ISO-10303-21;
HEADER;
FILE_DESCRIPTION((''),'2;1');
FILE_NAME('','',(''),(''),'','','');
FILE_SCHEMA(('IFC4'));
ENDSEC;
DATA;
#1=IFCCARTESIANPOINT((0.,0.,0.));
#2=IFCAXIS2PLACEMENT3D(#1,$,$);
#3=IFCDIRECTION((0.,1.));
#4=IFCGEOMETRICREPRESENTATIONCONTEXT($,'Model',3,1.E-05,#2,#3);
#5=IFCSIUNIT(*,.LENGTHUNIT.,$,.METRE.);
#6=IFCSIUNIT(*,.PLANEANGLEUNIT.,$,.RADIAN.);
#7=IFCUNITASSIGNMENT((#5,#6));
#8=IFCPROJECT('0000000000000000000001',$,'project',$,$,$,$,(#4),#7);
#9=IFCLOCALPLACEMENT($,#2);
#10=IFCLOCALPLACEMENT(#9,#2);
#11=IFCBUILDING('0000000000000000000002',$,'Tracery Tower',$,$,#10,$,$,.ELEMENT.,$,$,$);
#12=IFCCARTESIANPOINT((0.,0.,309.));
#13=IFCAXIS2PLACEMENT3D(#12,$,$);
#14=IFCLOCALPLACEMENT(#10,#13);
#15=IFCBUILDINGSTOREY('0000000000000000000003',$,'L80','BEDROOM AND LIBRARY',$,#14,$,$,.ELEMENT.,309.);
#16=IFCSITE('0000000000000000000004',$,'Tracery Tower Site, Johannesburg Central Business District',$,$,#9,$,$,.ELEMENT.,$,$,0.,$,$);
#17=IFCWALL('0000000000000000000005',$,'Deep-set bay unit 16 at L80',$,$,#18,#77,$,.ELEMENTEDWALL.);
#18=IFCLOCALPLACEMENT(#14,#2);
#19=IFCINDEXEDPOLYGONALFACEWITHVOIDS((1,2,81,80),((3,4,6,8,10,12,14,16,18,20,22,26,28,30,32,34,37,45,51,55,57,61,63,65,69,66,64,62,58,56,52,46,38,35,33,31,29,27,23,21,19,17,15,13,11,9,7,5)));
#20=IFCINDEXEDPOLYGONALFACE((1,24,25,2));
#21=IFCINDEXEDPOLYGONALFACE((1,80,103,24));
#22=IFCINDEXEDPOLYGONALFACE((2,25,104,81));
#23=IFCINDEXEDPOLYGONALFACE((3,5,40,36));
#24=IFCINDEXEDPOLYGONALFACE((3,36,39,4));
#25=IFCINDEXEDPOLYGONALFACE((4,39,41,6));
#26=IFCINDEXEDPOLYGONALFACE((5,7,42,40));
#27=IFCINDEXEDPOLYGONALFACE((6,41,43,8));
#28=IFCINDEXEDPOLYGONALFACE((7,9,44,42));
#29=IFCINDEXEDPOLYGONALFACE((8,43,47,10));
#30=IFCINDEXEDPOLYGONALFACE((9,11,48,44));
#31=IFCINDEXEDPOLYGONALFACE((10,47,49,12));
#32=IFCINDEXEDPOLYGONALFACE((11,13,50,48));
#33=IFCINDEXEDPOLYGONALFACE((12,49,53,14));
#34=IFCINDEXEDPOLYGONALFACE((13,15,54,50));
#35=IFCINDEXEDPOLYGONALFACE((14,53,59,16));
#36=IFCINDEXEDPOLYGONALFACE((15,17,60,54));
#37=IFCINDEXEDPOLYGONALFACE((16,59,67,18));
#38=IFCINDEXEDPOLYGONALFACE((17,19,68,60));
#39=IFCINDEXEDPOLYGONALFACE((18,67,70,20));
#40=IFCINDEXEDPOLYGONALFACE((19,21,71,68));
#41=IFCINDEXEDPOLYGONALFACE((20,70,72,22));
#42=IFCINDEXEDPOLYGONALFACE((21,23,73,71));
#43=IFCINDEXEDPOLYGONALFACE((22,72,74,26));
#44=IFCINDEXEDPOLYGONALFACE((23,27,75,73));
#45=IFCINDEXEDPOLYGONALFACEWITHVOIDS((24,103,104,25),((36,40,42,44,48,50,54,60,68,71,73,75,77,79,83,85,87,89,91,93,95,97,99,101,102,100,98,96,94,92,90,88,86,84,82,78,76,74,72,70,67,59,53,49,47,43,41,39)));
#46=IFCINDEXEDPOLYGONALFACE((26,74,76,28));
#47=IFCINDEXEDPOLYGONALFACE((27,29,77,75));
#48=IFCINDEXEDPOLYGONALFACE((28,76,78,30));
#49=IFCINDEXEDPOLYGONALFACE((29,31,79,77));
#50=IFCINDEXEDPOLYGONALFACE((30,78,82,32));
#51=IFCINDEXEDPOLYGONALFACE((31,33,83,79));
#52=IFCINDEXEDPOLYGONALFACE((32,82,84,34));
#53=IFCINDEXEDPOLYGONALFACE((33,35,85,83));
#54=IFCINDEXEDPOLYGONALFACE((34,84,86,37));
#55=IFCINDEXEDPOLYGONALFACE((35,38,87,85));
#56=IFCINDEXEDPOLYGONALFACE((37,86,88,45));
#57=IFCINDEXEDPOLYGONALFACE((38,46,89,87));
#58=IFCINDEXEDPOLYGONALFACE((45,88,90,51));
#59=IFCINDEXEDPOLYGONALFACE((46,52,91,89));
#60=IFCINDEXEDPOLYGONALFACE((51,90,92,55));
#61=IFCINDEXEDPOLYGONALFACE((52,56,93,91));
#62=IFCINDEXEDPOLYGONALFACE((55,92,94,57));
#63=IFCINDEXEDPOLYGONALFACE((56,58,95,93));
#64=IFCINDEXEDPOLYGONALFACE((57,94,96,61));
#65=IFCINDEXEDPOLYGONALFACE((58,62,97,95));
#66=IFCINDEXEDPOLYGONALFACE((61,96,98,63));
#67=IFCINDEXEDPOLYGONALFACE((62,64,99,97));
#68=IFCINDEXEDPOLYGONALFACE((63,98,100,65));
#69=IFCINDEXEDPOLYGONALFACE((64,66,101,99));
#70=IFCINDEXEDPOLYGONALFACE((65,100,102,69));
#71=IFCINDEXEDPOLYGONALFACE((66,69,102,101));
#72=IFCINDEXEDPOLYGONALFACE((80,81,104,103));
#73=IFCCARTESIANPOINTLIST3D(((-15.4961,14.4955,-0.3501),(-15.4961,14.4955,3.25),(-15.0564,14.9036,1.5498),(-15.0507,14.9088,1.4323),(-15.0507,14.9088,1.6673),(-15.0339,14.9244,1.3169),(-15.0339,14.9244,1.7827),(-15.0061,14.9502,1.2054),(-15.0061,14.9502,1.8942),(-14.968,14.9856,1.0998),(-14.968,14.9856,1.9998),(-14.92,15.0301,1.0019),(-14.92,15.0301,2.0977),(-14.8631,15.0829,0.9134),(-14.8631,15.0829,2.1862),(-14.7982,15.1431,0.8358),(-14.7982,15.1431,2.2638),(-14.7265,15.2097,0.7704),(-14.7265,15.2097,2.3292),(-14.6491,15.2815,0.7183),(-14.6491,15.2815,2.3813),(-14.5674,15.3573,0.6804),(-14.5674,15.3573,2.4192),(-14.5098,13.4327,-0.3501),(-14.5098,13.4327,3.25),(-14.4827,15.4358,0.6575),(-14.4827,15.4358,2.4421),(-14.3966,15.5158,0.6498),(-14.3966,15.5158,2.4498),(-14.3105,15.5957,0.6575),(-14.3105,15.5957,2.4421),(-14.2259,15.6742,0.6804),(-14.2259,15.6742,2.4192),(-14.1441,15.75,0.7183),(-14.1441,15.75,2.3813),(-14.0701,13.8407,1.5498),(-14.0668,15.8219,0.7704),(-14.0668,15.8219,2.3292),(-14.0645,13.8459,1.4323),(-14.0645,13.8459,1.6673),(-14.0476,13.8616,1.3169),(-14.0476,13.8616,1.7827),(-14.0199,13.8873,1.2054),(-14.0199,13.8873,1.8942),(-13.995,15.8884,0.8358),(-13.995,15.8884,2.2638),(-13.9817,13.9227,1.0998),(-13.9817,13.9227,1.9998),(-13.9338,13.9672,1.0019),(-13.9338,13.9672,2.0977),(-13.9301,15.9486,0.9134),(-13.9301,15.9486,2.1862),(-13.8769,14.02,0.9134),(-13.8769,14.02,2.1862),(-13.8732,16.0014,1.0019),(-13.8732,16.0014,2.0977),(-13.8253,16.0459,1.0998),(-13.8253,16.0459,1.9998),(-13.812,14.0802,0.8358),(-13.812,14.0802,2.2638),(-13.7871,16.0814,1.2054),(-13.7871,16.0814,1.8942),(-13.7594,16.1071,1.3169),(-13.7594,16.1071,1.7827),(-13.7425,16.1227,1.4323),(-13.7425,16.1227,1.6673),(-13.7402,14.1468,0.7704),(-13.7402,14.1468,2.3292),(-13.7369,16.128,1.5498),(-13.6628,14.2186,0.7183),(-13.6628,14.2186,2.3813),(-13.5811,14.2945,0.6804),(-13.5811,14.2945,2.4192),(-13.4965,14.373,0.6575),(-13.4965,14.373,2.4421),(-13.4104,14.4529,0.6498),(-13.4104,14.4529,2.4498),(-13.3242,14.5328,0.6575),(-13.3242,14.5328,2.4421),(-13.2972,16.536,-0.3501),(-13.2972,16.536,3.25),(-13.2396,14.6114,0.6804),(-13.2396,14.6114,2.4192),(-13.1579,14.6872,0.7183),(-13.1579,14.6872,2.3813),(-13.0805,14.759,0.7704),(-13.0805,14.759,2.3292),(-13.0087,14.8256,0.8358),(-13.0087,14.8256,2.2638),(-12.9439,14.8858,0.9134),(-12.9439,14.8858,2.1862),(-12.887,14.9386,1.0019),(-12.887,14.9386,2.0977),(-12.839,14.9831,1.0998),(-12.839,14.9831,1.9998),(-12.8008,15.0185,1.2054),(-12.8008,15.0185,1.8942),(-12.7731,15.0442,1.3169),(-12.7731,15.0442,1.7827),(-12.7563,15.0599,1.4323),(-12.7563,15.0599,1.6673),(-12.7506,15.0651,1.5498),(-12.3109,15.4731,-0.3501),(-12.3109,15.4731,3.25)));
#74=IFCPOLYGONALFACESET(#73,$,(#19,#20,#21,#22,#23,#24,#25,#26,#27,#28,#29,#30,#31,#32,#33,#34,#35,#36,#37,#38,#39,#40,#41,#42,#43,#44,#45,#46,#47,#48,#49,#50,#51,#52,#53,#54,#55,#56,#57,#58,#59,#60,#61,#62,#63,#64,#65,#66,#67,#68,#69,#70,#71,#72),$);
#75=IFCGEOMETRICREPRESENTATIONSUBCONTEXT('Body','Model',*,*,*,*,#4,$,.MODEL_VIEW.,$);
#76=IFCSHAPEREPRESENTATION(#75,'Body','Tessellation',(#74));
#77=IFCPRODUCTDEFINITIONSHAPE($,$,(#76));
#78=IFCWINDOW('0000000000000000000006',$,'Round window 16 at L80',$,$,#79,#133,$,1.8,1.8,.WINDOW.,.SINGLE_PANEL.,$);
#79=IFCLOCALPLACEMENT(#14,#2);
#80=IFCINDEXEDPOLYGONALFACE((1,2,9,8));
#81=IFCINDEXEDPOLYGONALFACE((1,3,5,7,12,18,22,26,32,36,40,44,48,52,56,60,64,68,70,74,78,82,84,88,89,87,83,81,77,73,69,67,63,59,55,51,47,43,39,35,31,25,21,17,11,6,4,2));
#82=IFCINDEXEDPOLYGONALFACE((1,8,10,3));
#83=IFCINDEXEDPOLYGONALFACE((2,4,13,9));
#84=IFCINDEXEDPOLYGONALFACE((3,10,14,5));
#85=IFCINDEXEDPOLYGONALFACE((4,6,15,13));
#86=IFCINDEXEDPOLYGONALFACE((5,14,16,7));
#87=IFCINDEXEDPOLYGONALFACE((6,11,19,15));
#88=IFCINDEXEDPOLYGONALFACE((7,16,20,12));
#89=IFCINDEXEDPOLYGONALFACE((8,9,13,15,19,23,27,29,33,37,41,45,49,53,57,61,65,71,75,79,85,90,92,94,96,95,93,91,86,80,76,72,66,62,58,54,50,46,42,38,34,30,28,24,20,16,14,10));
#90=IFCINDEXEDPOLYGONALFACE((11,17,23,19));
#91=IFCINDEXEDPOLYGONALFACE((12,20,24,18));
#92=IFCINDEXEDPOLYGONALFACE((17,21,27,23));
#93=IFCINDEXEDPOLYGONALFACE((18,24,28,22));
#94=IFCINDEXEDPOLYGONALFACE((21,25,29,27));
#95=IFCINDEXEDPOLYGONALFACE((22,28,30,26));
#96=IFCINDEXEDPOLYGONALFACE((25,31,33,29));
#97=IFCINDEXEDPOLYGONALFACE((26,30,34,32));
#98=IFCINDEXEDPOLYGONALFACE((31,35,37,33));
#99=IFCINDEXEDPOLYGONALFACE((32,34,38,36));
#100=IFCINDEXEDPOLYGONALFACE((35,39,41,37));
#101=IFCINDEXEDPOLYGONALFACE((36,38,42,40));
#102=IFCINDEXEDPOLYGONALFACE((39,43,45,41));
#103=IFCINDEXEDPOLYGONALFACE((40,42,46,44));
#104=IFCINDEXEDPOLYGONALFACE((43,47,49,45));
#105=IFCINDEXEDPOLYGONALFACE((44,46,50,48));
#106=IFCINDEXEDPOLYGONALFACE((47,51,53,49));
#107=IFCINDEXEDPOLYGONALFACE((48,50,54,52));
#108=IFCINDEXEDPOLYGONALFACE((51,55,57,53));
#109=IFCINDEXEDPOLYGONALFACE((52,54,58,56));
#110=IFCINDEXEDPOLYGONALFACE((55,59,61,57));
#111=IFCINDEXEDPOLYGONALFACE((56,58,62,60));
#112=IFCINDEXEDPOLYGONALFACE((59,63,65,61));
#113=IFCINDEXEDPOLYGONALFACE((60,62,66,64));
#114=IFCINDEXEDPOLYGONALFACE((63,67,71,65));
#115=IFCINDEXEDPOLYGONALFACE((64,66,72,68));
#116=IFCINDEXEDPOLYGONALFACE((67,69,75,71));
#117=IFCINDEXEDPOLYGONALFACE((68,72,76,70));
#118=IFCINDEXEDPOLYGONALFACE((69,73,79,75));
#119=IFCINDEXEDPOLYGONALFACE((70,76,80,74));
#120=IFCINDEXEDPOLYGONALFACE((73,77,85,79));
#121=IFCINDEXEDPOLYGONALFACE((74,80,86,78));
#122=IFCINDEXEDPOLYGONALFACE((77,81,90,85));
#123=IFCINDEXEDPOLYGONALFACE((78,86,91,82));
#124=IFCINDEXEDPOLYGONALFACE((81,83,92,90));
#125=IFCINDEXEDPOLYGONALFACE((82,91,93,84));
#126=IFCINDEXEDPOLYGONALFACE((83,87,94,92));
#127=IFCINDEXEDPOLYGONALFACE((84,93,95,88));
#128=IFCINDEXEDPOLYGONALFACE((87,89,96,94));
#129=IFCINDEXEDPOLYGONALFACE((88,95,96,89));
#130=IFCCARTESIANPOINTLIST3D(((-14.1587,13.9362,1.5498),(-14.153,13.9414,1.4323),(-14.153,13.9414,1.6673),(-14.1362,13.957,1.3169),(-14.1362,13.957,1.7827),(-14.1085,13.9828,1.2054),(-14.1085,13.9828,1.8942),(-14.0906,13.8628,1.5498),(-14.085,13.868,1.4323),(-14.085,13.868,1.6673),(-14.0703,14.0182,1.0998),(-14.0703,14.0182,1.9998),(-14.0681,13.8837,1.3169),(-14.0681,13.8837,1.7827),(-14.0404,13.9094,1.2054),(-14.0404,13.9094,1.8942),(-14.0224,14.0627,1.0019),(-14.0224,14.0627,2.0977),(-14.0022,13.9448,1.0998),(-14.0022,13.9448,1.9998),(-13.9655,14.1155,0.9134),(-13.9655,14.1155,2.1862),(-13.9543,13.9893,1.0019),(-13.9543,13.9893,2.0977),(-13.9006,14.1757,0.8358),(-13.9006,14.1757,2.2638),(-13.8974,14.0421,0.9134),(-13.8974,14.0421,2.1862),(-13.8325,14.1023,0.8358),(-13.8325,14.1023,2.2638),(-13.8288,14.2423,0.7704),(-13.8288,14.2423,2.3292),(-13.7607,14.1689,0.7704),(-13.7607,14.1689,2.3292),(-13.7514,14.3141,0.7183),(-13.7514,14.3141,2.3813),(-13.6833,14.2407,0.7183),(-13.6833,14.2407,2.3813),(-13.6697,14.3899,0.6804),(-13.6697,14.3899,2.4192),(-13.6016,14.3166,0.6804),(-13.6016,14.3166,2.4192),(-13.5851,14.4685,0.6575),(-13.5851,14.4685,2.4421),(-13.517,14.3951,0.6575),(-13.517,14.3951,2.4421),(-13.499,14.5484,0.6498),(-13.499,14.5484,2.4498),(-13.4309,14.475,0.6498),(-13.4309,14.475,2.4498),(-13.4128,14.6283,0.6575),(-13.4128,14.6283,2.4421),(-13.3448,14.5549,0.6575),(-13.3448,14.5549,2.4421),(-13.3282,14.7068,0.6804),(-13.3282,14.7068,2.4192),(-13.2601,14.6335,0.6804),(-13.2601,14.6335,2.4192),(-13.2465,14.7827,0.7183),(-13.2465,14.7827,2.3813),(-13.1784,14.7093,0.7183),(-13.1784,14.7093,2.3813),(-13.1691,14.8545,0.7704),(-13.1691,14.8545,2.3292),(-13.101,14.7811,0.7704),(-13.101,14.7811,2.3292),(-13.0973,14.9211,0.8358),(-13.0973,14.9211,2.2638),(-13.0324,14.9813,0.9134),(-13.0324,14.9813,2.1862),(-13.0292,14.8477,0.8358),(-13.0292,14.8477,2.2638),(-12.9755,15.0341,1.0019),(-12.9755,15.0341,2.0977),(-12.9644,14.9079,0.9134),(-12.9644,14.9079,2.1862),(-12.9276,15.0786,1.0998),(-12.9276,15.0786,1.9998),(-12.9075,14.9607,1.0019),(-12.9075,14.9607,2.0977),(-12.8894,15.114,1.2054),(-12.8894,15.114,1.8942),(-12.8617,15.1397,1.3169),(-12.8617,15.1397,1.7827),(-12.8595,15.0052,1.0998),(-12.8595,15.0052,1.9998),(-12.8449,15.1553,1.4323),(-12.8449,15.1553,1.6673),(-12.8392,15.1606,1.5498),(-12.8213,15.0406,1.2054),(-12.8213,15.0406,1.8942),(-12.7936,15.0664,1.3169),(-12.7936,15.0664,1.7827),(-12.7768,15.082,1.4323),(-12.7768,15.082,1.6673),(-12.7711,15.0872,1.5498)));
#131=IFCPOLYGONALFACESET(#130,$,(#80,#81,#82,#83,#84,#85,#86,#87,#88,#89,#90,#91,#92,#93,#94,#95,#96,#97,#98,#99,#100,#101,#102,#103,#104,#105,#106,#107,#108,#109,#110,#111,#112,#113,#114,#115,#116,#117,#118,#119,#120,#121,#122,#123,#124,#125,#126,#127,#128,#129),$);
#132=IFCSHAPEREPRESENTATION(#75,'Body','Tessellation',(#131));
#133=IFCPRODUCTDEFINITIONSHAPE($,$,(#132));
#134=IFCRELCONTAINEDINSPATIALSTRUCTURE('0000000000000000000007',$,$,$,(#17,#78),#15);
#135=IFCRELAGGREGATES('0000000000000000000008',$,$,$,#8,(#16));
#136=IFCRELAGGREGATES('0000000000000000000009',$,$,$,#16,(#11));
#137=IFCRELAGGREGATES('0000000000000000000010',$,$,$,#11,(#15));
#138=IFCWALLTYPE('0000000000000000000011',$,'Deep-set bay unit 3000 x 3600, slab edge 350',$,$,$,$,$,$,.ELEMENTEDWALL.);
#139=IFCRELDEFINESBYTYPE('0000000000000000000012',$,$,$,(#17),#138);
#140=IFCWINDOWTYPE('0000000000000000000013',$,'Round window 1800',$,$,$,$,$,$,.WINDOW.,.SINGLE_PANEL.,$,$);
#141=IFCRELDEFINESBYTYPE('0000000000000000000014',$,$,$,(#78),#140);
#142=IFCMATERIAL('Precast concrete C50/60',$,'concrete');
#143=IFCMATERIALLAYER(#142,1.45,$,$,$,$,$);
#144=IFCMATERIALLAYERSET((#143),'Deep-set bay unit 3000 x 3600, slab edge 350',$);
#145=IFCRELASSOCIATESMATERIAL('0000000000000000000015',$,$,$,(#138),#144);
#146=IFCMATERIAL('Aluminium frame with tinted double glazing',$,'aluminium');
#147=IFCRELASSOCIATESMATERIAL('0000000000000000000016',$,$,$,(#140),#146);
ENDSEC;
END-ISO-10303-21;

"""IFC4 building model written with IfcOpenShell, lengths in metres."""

from ifc_helpers import new_model, si_unit, direction, frame, frame_2d, origin, origin_2d, place, context, subcontext, project, spatial, rectangle, circle, extrude, material, layer, layer_set, type_object, element, fill, save


model = new_model("IFC4")

# Units and contexts
model_context = context("Model", 3, precision=1e-05, world=origin(), true_north=direction((0.0, 1.0)))
body_context = subcontext(model_context, "Body", "Model", "MODEL_VIEW")
ifc_project = project(units=[si_unit("LENGTHUNIT", "METRE"), si_unit("PLANEANGLEUNIT", "RADIAN")], contexts=[model_context])

# Site, building, storey
site_placement = place(None, origin())
site = spatial("IfcSite", under=ifc_project, at=site_placement, Name="Tracery Tower Site, Johannesburg Central Business District", CompositionType="ELEMENT", RefElevation=0.0)
building_placement = place(site_placement, origin())
building = spatial("IfcBuilding", under=site, at=building_placement, Name="Tracery Tower", CompositionType="ELEMENT")
storey_placement = place(building_placement, frame((0.0, 0.0, 309.0)))
storey = spatial("IfcBuildingStorey", under=building, at=storey_placement, Name="L80", Description="BEDROOM AND LIBRARY", CompositionType="ELEMENT", Elevation=309.0)

# Wall, opening, window
ifc_material_1 = material(Name="Precast concrete C50/60", Category="concrete")
ifc_layer_1 = layer(ifc_material_1, 1.45)
ifc_layer_set_1 = layer_set([ifc_layer_1], Name="Deep-set bay unit 3000 x 3600, slab edge 350")
wall_type_1 = type_object("IfcWallType", Name="Deep-set bay unit 3000 x 3600, slab edge 350", PredefinedType="ELEMENTEDWALL", material=ifc_layer_set_1)
wall_1_placement = place(storey_placement, frame((-12.804, 16.0046, -0.3501), z_axis=(0.0, 0.0, 1.0), x_axis=(-0.733022, -0.680204, 0.0)))
wall_1 = element("IfcWall", 1, at=wall_1_placement, inside=storey, type_object=wall_type_1, Name="Deep-set bay unit 16 at L80", PredefinedType="ELEMENTEDWALL", context=body_context, shape_type="SweptSolid", body=[
    extrude(rectangle(XDim=2.9998, YDim=1.45, at=frame_2d((1.5, 0.0))), origin(), (0.0, 0.0, 1.0), 3.6001),
])
opening_1_placement = place(wall_1_placement, frame((1.5, 0.0, 1.8999)))
opening_1 = element("IfcOpeningElement", 2, at=opening_1_placement, cuts=wall_1, PredefinedType="OPENING", context=body_context, shape_type="SweptSolid", body=[
    extrude(circle(Radius=0.9, at=origin_2d()), frame((0.0, 0.7349, 0.0), z_axis=(0.0, -1.0, 0.0), x_axis=(1.0, 0.0, 0.0)), (0.0, 0.0, 1.0), 1.47),
])
ifc_material_2 = material(Name="Aluminium frame with tinted double glazing", Category="aluminium")
window_type = type_object("IfcWindowType", Name="Round window 1800", PartitioningType="SINGLE_PANEL", PredefinedType="WINDOW", material=ifc_material_2)
window_1_placement = place(opening_1_placement, origin())
window_1 = element("IfcWindow", 3, at=window_1_placement, inside=storey, type_object=window_type, Name="Round window 16 at L80", OverallHeight=1.8, OverallWidth=1.8, PartitioningType="SINGLE_PANEL", PredefinedType="WINDOW", context=body_context, shape_type="SweptSolid", body=[
    extrude(circle(Radius=0.9, at=origin_2d()), frame((0.0, 0.6948, 0.0), z_axis=(0.0, -1.0, 0.0), x_axis=(1.0, 0.0, 0.0)), (0.0, 0.0, 1.0), 0.1001),
])
fill(opening_1, window_1)

save(model, "model.ifc")
